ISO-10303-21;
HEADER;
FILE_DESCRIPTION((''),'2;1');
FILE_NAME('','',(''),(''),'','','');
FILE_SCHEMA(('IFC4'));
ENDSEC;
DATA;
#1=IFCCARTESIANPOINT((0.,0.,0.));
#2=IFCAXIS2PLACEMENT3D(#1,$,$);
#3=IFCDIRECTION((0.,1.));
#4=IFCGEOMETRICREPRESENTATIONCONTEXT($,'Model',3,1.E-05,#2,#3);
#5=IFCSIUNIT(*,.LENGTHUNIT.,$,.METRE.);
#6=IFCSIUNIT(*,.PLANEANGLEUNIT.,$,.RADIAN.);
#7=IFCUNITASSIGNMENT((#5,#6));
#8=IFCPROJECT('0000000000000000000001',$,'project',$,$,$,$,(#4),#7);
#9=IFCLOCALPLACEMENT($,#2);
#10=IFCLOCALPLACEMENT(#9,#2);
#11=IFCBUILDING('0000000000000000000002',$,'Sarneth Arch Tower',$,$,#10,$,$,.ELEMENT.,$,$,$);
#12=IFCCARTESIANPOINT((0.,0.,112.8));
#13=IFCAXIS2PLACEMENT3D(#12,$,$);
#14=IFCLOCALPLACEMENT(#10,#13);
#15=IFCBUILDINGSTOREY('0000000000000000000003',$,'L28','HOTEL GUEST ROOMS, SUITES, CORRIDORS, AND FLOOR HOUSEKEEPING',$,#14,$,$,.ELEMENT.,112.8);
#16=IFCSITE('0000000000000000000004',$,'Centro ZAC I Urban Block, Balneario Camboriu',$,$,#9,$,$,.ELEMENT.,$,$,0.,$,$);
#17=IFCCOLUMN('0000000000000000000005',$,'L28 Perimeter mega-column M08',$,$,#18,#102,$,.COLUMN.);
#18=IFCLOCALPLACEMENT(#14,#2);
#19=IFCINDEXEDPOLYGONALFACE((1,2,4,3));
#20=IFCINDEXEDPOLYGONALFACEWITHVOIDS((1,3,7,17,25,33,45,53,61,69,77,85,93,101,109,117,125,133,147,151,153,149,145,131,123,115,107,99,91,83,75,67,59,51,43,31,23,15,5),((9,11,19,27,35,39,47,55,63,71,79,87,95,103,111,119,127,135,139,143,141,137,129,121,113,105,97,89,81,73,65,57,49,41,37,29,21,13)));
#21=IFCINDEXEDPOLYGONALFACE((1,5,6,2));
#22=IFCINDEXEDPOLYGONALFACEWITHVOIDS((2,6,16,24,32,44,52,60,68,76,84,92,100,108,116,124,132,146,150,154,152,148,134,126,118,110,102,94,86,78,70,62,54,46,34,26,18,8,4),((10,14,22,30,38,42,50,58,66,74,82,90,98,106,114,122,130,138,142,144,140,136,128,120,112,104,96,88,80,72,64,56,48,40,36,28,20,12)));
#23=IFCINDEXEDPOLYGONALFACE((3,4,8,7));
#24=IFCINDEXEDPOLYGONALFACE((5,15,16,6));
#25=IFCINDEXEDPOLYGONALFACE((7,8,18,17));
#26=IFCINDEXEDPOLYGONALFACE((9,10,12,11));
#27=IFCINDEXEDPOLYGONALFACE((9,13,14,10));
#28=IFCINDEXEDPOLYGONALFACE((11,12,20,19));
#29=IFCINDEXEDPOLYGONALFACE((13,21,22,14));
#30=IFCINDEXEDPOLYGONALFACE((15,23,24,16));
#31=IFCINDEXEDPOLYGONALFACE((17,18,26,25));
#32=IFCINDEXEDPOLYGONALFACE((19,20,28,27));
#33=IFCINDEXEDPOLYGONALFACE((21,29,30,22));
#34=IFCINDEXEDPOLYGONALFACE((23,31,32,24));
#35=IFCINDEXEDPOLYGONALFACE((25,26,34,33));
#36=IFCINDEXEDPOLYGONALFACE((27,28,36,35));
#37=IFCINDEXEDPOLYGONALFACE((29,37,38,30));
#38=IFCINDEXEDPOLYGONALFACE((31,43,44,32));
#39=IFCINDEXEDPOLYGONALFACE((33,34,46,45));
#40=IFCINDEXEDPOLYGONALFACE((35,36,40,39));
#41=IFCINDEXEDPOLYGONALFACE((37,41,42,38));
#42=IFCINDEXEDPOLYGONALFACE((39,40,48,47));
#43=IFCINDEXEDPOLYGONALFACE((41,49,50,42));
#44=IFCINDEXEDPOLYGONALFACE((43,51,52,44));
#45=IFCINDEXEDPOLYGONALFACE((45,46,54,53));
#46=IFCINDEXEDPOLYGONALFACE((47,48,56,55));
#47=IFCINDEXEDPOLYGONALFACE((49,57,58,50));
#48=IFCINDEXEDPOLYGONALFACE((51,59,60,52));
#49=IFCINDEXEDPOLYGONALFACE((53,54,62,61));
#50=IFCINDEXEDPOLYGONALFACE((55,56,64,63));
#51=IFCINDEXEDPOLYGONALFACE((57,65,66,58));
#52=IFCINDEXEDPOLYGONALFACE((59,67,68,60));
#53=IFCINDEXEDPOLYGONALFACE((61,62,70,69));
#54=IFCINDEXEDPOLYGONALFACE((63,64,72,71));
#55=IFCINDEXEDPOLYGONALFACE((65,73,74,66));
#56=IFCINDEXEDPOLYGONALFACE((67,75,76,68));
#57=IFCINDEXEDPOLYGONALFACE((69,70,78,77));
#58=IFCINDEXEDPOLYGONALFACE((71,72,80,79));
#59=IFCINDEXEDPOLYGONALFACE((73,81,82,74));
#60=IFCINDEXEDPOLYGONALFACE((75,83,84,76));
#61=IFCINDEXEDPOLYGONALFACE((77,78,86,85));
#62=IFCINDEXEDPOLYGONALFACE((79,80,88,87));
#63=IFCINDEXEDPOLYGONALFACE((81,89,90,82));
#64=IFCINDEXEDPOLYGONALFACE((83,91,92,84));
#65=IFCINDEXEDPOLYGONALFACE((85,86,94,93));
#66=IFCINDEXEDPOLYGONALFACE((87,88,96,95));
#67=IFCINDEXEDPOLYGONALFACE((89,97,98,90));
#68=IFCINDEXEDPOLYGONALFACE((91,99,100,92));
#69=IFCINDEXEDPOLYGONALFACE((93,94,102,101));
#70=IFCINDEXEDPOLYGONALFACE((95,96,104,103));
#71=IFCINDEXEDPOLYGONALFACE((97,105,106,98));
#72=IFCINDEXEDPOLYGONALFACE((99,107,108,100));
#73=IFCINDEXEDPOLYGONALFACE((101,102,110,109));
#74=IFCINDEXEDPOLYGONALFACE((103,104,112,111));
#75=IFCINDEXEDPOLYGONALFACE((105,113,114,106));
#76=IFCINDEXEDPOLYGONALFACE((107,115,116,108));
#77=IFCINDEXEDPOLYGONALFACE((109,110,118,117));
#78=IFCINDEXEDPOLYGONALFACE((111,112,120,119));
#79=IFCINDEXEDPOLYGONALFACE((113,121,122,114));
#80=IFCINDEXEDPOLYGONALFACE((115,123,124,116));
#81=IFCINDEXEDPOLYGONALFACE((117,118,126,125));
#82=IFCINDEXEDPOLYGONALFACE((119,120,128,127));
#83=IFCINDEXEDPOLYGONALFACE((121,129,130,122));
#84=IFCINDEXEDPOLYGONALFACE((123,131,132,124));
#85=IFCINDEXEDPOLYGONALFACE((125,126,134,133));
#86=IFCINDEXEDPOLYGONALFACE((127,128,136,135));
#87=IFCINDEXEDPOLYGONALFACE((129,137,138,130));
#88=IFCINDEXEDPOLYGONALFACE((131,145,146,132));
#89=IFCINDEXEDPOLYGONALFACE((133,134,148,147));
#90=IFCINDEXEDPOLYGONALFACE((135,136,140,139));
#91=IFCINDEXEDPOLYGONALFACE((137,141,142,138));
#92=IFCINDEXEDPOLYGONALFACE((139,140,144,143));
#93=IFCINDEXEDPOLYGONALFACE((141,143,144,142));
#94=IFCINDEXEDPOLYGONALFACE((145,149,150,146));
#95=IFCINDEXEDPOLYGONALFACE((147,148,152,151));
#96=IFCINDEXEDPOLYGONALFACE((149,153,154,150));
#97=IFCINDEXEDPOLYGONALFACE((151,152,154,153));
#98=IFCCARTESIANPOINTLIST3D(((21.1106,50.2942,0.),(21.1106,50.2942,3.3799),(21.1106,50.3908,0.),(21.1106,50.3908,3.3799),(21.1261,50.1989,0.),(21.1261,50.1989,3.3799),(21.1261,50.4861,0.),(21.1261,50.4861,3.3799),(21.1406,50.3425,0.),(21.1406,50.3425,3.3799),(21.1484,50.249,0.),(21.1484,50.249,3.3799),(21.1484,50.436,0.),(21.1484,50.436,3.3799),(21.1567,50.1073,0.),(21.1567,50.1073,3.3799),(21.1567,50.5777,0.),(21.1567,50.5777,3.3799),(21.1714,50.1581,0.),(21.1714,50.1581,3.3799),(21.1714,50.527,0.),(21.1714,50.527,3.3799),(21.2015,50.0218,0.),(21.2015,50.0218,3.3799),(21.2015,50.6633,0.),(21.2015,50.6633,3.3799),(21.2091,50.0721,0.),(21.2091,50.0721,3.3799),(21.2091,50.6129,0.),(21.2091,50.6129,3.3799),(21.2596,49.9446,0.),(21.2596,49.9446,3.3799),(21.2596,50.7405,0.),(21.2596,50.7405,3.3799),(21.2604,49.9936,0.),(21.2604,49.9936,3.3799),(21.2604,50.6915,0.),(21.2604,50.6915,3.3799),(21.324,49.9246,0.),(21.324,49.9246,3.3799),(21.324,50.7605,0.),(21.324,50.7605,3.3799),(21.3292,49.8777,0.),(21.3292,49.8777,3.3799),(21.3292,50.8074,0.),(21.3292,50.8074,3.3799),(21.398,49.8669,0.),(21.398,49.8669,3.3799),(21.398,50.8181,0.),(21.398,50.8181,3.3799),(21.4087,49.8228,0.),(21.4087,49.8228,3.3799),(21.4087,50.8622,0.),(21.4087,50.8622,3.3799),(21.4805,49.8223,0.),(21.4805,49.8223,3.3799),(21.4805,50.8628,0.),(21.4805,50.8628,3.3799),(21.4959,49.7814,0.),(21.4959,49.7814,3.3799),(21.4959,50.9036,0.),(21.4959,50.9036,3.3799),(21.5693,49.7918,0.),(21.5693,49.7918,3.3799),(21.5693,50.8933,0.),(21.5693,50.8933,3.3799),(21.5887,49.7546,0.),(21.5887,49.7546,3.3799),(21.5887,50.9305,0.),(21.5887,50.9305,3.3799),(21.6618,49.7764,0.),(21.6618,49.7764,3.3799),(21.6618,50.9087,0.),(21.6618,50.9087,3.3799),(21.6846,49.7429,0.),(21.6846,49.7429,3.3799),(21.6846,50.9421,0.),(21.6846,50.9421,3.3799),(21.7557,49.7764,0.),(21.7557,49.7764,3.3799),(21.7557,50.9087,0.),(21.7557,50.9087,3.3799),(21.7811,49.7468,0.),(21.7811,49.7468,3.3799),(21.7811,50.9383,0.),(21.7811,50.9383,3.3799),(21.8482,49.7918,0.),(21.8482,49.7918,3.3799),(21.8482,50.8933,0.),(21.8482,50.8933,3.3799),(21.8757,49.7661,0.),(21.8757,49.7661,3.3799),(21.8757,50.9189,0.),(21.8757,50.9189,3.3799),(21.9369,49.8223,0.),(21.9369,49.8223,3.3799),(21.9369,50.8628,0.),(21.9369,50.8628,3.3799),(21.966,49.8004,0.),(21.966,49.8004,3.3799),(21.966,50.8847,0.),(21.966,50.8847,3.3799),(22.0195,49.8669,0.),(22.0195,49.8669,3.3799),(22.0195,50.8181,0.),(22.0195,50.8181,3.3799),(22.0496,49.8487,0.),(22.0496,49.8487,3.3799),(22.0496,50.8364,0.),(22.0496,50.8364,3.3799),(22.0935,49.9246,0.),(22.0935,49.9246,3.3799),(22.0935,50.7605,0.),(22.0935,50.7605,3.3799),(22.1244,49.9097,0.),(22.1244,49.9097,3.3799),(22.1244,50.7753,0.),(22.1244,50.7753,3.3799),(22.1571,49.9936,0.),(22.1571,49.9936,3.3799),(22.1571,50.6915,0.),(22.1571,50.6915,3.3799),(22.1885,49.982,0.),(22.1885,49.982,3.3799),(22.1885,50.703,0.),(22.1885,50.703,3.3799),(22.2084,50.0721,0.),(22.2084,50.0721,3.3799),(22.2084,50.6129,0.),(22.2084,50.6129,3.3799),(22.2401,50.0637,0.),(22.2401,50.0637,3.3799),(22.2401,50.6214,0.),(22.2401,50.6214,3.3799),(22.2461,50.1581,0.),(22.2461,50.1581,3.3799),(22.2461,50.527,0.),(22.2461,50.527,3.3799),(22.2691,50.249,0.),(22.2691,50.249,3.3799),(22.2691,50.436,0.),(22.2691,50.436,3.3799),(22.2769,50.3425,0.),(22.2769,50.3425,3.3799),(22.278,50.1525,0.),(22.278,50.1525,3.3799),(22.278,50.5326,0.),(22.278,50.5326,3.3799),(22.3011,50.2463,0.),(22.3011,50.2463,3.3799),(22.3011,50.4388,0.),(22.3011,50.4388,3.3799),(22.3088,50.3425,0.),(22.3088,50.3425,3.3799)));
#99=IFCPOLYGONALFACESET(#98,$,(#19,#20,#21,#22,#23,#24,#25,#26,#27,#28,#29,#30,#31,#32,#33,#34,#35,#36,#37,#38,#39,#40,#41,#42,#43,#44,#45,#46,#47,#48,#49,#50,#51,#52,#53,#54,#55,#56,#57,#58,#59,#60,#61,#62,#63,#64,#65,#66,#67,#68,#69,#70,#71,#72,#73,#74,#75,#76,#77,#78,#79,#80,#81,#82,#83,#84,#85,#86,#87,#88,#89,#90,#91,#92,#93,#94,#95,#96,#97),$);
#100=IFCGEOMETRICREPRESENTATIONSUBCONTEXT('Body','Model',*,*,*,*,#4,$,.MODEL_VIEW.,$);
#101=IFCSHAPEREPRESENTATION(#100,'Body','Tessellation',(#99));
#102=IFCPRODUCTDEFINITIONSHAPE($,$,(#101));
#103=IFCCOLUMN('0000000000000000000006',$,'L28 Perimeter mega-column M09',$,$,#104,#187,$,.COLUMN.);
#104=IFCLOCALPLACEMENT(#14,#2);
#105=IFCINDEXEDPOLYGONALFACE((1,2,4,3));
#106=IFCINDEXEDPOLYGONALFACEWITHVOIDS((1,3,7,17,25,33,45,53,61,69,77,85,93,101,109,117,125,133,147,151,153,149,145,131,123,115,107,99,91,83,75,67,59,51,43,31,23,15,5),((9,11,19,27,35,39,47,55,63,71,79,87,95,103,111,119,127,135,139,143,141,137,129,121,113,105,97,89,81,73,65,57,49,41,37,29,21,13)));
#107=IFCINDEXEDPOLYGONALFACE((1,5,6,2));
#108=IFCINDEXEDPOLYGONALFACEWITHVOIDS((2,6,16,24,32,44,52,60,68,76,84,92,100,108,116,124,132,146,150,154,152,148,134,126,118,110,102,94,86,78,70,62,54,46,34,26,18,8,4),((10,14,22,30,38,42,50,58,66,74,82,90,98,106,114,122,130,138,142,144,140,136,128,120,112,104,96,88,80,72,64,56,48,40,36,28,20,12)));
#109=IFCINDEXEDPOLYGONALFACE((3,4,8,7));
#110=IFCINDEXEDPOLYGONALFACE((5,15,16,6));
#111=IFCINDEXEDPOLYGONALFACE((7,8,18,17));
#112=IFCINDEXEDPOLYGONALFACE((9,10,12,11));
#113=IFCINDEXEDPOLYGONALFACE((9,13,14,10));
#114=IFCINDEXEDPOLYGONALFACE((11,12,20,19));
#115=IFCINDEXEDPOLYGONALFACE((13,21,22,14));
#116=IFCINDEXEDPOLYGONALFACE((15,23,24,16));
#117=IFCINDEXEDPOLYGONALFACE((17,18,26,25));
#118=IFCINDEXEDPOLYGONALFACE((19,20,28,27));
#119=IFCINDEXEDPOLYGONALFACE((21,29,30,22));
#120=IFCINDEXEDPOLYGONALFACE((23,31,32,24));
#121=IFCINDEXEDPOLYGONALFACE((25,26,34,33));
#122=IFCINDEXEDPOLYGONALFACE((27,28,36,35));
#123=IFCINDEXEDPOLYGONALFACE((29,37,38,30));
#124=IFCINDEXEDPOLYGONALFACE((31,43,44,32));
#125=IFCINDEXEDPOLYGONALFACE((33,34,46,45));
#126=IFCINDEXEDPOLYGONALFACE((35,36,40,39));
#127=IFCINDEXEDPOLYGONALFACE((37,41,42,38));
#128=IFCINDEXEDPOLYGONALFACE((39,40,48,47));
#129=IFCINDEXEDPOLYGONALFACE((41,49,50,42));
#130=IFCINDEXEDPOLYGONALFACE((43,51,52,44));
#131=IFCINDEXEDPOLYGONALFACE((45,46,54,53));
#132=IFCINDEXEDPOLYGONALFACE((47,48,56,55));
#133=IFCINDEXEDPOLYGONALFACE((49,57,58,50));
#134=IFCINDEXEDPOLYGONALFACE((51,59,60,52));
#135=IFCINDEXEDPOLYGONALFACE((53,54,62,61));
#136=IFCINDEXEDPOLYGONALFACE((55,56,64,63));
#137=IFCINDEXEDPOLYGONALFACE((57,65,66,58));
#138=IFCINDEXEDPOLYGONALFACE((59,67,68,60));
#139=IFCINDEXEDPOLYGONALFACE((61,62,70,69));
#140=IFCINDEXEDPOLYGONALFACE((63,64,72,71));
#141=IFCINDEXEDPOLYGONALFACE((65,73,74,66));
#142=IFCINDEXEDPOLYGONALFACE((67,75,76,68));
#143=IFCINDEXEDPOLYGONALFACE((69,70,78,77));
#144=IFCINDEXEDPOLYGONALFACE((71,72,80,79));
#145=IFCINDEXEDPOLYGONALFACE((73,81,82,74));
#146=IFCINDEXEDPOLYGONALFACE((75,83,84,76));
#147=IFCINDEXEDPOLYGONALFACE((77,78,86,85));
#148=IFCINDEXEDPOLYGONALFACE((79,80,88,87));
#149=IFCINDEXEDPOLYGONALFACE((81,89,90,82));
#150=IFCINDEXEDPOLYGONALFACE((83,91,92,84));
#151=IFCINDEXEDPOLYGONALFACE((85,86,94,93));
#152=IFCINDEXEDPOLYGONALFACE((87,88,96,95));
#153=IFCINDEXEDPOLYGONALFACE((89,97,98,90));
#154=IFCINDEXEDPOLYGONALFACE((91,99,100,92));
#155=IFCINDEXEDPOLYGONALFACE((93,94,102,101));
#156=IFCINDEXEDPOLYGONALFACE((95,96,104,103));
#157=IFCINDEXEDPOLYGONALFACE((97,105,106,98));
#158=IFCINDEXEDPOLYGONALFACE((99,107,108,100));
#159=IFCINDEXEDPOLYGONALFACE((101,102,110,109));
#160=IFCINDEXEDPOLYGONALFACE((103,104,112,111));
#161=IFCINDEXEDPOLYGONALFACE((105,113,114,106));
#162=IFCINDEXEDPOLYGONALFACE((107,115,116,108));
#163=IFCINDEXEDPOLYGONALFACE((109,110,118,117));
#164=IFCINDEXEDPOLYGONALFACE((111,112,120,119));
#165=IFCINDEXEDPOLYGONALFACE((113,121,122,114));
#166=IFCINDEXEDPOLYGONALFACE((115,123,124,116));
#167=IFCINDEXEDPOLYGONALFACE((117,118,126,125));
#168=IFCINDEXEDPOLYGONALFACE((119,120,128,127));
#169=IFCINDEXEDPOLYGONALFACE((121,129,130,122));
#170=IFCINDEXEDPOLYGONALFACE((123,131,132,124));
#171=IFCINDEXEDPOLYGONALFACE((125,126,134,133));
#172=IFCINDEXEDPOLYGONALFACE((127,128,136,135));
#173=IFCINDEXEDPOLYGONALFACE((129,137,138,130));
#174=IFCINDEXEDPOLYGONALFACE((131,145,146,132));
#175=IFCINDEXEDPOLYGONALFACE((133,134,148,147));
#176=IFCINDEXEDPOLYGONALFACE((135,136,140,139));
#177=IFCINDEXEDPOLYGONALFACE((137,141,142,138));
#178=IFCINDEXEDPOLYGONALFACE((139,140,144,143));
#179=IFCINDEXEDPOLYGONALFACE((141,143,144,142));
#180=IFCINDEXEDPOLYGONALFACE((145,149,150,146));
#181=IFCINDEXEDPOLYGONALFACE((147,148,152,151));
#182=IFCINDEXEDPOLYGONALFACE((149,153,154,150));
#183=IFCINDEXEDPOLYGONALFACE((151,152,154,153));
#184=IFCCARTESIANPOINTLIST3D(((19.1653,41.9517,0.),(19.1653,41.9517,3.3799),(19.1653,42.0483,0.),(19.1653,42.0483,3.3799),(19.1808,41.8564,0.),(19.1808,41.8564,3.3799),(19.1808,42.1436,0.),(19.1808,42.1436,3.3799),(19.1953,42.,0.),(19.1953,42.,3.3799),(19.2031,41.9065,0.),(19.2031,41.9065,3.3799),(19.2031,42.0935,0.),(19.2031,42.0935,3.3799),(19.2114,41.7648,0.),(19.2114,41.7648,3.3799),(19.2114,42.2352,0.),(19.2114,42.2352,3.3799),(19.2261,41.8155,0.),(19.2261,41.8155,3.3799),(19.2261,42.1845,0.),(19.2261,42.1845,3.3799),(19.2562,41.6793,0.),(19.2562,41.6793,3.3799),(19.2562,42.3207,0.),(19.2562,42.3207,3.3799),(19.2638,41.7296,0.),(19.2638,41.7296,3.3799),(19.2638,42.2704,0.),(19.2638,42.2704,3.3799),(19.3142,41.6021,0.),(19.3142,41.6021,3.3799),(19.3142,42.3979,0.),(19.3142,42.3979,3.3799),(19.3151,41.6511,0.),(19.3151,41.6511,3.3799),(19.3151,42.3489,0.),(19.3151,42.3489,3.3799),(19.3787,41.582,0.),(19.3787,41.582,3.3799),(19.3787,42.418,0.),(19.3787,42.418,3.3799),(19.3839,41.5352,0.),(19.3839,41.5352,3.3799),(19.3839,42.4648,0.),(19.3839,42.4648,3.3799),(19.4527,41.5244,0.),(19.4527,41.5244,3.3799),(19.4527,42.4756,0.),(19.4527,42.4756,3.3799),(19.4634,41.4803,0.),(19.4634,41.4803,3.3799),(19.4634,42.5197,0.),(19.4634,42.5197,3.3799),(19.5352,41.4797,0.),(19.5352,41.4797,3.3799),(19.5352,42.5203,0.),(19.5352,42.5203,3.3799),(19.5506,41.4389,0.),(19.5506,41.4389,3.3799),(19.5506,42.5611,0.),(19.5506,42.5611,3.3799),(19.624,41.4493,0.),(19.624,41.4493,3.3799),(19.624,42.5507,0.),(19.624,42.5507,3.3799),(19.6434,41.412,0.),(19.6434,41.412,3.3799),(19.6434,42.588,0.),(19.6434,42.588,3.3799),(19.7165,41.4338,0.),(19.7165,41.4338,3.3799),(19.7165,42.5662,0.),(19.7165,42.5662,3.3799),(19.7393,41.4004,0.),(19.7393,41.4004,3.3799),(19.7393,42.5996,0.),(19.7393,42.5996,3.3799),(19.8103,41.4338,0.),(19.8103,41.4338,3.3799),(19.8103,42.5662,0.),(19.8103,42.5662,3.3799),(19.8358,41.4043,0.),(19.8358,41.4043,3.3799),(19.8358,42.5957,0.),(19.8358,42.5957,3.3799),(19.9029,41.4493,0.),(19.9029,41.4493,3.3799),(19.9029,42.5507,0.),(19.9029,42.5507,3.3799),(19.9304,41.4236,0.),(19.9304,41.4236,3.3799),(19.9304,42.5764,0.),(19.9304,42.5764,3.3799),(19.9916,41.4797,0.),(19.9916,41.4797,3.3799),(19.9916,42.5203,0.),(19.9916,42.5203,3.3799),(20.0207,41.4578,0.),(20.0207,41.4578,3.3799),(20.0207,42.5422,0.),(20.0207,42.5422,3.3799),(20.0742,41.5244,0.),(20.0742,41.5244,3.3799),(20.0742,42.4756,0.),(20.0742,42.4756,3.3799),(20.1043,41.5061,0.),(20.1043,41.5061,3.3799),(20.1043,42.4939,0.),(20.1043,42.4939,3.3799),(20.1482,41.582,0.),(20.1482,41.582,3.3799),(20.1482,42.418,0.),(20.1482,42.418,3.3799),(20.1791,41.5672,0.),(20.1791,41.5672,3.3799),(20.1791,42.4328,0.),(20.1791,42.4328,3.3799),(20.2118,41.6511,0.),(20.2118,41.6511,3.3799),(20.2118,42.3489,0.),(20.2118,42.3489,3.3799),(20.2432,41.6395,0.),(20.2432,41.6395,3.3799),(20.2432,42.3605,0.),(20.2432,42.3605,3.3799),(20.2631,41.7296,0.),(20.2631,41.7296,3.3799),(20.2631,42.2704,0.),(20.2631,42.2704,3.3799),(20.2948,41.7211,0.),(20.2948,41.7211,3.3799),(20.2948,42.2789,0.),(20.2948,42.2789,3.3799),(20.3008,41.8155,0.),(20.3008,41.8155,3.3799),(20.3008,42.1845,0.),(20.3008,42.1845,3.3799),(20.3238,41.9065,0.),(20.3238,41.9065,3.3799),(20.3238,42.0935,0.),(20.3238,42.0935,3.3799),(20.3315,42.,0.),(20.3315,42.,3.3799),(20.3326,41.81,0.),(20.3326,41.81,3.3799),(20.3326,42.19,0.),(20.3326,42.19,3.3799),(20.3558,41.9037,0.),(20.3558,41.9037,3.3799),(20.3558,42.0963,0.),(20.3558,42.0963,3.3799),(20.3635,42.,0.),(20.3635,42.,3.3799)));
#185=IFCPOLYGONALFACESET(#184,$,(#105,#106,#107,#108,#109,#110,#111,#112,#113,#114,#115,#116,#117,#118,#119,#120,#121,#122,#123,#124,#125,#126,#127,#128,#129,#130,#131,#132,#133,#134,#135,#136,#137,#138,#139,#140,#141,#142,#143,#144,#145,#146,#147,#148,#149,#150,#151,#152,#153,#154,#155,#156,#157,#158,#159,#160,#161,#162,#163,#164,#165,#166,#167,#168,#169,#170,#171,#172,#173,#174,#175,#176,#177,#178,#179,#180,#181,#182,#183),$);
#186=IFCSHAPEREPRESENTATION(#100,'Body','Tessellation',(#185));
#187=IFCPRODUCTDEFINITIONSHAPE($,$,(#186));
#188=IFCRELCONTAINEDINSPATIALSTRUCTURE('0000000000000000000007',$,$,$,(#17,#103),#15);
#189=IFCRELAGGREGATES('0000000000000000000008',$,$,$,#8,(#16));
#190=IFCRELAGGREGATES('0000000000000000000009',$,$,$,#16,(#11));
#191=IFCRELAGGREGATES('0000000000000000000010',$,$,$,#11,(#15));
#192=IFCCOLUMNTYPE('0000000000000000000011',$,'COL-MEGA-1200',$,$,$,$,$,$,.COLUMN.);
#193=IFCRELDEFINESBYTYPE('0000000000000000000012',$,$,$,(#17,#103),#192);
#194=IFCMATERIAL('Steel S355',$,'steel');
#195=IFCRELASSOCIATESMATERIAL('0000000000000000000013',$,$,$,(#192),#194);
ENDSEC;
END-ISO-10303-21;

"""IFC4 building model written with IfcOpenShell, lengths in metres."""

from ifc_helpers import new_model, si_unit, direction, frame, origin, origin_2d, place, context, subcontext, project, spatial, hollow_circle, extrude, material, material_profile, profile_set, type_object, element, save


model = new_model("IFC4")

# Units and contexts
model_context = context("Model", 3, precision=1e-05, world=origin(), true_north=direction((0.0, 1.0)))
body_context = subcontext(model_context, "Body", "Model", "MODEL_VIEW")
ifc_project = project(units=[si_unit("LENGTHUNIT", "METRE"), si_unit("PLANEANGLEUNIT", "RADIAN")], contexts=[model_context])

# Site, building, storey
site_placement = place(None, origin())
site = spatial("IfcSite", under=ifc_project, at=site_placement, Name="Centro ZAC I Urban Block, Balneario Camboriu", CompositionType="ELEMENT", RefElevation=0.0)
building_placement = place(site_placement, origin())
building = spatial("IfcBuilding", under=site, at=building_placement, Name="Sarneth Arch Tower", CompositionType="ELEMENT")
storey_placement = place(building_placement, frame((0.0, 0.0, 112.8)))
storey = spatial("IfcBuildingStorey", under=building, at=storey_placement, Name="L28", Description="HOTEL GUEST ROOMS, SUITES, CORRIDORS, AND FLOOR HOUSEKEEPING", CompositionType="ELEMENT", Elevation=112.8)

# Columns
ifc_material_1 = material(Name="Steel S355", Category="steel")
ifc_material_profile_1 = material_profile(ifc_material_1, hollow_circle(Radius=0.6001, WallThickness=0.032, at=origin_2d()), Name="CHS1200x32")
ifc_profile_set_1 = profile_set([ifc_material_profile_1], Name="Steel S355")
column_type = type_object("IfcColumnType", Name="COL-MEGA-1200", PredefinedType="COLUMN", material=ifc_profile_set_1)
for number, where, z_axis, x_axis, name in (
    (1, (21.7087, 50.3425, 0.0), (0.0, 0.0, 1.0), (1.0, 0.0, 0.0), "L28 Perimeter mega-column M08"),
    (2, (19.7634, 42.0, 0.0), (0.0, 0.0, 1.0), (1.0, 0.0, 0.0), "L28 Perimeter mega-column M09"),
):
    element("IfcColumn", number, at=place(storey_placement, frame(where, z_axis=z_axis, x_axis=x_axis)), inside=storey, type_object=column_type, Name=name, PredefinedType="COLUMN", context=body_context, shape_type="SweptSolid", body=[
        extrude(hollow_circle(Radius=0.6001, WallThickness=0.032, at=origin_2d()), origin(), (0.0, 0.0, 1.0), 3.3799),
    ])

save(model, "model.ifc")
